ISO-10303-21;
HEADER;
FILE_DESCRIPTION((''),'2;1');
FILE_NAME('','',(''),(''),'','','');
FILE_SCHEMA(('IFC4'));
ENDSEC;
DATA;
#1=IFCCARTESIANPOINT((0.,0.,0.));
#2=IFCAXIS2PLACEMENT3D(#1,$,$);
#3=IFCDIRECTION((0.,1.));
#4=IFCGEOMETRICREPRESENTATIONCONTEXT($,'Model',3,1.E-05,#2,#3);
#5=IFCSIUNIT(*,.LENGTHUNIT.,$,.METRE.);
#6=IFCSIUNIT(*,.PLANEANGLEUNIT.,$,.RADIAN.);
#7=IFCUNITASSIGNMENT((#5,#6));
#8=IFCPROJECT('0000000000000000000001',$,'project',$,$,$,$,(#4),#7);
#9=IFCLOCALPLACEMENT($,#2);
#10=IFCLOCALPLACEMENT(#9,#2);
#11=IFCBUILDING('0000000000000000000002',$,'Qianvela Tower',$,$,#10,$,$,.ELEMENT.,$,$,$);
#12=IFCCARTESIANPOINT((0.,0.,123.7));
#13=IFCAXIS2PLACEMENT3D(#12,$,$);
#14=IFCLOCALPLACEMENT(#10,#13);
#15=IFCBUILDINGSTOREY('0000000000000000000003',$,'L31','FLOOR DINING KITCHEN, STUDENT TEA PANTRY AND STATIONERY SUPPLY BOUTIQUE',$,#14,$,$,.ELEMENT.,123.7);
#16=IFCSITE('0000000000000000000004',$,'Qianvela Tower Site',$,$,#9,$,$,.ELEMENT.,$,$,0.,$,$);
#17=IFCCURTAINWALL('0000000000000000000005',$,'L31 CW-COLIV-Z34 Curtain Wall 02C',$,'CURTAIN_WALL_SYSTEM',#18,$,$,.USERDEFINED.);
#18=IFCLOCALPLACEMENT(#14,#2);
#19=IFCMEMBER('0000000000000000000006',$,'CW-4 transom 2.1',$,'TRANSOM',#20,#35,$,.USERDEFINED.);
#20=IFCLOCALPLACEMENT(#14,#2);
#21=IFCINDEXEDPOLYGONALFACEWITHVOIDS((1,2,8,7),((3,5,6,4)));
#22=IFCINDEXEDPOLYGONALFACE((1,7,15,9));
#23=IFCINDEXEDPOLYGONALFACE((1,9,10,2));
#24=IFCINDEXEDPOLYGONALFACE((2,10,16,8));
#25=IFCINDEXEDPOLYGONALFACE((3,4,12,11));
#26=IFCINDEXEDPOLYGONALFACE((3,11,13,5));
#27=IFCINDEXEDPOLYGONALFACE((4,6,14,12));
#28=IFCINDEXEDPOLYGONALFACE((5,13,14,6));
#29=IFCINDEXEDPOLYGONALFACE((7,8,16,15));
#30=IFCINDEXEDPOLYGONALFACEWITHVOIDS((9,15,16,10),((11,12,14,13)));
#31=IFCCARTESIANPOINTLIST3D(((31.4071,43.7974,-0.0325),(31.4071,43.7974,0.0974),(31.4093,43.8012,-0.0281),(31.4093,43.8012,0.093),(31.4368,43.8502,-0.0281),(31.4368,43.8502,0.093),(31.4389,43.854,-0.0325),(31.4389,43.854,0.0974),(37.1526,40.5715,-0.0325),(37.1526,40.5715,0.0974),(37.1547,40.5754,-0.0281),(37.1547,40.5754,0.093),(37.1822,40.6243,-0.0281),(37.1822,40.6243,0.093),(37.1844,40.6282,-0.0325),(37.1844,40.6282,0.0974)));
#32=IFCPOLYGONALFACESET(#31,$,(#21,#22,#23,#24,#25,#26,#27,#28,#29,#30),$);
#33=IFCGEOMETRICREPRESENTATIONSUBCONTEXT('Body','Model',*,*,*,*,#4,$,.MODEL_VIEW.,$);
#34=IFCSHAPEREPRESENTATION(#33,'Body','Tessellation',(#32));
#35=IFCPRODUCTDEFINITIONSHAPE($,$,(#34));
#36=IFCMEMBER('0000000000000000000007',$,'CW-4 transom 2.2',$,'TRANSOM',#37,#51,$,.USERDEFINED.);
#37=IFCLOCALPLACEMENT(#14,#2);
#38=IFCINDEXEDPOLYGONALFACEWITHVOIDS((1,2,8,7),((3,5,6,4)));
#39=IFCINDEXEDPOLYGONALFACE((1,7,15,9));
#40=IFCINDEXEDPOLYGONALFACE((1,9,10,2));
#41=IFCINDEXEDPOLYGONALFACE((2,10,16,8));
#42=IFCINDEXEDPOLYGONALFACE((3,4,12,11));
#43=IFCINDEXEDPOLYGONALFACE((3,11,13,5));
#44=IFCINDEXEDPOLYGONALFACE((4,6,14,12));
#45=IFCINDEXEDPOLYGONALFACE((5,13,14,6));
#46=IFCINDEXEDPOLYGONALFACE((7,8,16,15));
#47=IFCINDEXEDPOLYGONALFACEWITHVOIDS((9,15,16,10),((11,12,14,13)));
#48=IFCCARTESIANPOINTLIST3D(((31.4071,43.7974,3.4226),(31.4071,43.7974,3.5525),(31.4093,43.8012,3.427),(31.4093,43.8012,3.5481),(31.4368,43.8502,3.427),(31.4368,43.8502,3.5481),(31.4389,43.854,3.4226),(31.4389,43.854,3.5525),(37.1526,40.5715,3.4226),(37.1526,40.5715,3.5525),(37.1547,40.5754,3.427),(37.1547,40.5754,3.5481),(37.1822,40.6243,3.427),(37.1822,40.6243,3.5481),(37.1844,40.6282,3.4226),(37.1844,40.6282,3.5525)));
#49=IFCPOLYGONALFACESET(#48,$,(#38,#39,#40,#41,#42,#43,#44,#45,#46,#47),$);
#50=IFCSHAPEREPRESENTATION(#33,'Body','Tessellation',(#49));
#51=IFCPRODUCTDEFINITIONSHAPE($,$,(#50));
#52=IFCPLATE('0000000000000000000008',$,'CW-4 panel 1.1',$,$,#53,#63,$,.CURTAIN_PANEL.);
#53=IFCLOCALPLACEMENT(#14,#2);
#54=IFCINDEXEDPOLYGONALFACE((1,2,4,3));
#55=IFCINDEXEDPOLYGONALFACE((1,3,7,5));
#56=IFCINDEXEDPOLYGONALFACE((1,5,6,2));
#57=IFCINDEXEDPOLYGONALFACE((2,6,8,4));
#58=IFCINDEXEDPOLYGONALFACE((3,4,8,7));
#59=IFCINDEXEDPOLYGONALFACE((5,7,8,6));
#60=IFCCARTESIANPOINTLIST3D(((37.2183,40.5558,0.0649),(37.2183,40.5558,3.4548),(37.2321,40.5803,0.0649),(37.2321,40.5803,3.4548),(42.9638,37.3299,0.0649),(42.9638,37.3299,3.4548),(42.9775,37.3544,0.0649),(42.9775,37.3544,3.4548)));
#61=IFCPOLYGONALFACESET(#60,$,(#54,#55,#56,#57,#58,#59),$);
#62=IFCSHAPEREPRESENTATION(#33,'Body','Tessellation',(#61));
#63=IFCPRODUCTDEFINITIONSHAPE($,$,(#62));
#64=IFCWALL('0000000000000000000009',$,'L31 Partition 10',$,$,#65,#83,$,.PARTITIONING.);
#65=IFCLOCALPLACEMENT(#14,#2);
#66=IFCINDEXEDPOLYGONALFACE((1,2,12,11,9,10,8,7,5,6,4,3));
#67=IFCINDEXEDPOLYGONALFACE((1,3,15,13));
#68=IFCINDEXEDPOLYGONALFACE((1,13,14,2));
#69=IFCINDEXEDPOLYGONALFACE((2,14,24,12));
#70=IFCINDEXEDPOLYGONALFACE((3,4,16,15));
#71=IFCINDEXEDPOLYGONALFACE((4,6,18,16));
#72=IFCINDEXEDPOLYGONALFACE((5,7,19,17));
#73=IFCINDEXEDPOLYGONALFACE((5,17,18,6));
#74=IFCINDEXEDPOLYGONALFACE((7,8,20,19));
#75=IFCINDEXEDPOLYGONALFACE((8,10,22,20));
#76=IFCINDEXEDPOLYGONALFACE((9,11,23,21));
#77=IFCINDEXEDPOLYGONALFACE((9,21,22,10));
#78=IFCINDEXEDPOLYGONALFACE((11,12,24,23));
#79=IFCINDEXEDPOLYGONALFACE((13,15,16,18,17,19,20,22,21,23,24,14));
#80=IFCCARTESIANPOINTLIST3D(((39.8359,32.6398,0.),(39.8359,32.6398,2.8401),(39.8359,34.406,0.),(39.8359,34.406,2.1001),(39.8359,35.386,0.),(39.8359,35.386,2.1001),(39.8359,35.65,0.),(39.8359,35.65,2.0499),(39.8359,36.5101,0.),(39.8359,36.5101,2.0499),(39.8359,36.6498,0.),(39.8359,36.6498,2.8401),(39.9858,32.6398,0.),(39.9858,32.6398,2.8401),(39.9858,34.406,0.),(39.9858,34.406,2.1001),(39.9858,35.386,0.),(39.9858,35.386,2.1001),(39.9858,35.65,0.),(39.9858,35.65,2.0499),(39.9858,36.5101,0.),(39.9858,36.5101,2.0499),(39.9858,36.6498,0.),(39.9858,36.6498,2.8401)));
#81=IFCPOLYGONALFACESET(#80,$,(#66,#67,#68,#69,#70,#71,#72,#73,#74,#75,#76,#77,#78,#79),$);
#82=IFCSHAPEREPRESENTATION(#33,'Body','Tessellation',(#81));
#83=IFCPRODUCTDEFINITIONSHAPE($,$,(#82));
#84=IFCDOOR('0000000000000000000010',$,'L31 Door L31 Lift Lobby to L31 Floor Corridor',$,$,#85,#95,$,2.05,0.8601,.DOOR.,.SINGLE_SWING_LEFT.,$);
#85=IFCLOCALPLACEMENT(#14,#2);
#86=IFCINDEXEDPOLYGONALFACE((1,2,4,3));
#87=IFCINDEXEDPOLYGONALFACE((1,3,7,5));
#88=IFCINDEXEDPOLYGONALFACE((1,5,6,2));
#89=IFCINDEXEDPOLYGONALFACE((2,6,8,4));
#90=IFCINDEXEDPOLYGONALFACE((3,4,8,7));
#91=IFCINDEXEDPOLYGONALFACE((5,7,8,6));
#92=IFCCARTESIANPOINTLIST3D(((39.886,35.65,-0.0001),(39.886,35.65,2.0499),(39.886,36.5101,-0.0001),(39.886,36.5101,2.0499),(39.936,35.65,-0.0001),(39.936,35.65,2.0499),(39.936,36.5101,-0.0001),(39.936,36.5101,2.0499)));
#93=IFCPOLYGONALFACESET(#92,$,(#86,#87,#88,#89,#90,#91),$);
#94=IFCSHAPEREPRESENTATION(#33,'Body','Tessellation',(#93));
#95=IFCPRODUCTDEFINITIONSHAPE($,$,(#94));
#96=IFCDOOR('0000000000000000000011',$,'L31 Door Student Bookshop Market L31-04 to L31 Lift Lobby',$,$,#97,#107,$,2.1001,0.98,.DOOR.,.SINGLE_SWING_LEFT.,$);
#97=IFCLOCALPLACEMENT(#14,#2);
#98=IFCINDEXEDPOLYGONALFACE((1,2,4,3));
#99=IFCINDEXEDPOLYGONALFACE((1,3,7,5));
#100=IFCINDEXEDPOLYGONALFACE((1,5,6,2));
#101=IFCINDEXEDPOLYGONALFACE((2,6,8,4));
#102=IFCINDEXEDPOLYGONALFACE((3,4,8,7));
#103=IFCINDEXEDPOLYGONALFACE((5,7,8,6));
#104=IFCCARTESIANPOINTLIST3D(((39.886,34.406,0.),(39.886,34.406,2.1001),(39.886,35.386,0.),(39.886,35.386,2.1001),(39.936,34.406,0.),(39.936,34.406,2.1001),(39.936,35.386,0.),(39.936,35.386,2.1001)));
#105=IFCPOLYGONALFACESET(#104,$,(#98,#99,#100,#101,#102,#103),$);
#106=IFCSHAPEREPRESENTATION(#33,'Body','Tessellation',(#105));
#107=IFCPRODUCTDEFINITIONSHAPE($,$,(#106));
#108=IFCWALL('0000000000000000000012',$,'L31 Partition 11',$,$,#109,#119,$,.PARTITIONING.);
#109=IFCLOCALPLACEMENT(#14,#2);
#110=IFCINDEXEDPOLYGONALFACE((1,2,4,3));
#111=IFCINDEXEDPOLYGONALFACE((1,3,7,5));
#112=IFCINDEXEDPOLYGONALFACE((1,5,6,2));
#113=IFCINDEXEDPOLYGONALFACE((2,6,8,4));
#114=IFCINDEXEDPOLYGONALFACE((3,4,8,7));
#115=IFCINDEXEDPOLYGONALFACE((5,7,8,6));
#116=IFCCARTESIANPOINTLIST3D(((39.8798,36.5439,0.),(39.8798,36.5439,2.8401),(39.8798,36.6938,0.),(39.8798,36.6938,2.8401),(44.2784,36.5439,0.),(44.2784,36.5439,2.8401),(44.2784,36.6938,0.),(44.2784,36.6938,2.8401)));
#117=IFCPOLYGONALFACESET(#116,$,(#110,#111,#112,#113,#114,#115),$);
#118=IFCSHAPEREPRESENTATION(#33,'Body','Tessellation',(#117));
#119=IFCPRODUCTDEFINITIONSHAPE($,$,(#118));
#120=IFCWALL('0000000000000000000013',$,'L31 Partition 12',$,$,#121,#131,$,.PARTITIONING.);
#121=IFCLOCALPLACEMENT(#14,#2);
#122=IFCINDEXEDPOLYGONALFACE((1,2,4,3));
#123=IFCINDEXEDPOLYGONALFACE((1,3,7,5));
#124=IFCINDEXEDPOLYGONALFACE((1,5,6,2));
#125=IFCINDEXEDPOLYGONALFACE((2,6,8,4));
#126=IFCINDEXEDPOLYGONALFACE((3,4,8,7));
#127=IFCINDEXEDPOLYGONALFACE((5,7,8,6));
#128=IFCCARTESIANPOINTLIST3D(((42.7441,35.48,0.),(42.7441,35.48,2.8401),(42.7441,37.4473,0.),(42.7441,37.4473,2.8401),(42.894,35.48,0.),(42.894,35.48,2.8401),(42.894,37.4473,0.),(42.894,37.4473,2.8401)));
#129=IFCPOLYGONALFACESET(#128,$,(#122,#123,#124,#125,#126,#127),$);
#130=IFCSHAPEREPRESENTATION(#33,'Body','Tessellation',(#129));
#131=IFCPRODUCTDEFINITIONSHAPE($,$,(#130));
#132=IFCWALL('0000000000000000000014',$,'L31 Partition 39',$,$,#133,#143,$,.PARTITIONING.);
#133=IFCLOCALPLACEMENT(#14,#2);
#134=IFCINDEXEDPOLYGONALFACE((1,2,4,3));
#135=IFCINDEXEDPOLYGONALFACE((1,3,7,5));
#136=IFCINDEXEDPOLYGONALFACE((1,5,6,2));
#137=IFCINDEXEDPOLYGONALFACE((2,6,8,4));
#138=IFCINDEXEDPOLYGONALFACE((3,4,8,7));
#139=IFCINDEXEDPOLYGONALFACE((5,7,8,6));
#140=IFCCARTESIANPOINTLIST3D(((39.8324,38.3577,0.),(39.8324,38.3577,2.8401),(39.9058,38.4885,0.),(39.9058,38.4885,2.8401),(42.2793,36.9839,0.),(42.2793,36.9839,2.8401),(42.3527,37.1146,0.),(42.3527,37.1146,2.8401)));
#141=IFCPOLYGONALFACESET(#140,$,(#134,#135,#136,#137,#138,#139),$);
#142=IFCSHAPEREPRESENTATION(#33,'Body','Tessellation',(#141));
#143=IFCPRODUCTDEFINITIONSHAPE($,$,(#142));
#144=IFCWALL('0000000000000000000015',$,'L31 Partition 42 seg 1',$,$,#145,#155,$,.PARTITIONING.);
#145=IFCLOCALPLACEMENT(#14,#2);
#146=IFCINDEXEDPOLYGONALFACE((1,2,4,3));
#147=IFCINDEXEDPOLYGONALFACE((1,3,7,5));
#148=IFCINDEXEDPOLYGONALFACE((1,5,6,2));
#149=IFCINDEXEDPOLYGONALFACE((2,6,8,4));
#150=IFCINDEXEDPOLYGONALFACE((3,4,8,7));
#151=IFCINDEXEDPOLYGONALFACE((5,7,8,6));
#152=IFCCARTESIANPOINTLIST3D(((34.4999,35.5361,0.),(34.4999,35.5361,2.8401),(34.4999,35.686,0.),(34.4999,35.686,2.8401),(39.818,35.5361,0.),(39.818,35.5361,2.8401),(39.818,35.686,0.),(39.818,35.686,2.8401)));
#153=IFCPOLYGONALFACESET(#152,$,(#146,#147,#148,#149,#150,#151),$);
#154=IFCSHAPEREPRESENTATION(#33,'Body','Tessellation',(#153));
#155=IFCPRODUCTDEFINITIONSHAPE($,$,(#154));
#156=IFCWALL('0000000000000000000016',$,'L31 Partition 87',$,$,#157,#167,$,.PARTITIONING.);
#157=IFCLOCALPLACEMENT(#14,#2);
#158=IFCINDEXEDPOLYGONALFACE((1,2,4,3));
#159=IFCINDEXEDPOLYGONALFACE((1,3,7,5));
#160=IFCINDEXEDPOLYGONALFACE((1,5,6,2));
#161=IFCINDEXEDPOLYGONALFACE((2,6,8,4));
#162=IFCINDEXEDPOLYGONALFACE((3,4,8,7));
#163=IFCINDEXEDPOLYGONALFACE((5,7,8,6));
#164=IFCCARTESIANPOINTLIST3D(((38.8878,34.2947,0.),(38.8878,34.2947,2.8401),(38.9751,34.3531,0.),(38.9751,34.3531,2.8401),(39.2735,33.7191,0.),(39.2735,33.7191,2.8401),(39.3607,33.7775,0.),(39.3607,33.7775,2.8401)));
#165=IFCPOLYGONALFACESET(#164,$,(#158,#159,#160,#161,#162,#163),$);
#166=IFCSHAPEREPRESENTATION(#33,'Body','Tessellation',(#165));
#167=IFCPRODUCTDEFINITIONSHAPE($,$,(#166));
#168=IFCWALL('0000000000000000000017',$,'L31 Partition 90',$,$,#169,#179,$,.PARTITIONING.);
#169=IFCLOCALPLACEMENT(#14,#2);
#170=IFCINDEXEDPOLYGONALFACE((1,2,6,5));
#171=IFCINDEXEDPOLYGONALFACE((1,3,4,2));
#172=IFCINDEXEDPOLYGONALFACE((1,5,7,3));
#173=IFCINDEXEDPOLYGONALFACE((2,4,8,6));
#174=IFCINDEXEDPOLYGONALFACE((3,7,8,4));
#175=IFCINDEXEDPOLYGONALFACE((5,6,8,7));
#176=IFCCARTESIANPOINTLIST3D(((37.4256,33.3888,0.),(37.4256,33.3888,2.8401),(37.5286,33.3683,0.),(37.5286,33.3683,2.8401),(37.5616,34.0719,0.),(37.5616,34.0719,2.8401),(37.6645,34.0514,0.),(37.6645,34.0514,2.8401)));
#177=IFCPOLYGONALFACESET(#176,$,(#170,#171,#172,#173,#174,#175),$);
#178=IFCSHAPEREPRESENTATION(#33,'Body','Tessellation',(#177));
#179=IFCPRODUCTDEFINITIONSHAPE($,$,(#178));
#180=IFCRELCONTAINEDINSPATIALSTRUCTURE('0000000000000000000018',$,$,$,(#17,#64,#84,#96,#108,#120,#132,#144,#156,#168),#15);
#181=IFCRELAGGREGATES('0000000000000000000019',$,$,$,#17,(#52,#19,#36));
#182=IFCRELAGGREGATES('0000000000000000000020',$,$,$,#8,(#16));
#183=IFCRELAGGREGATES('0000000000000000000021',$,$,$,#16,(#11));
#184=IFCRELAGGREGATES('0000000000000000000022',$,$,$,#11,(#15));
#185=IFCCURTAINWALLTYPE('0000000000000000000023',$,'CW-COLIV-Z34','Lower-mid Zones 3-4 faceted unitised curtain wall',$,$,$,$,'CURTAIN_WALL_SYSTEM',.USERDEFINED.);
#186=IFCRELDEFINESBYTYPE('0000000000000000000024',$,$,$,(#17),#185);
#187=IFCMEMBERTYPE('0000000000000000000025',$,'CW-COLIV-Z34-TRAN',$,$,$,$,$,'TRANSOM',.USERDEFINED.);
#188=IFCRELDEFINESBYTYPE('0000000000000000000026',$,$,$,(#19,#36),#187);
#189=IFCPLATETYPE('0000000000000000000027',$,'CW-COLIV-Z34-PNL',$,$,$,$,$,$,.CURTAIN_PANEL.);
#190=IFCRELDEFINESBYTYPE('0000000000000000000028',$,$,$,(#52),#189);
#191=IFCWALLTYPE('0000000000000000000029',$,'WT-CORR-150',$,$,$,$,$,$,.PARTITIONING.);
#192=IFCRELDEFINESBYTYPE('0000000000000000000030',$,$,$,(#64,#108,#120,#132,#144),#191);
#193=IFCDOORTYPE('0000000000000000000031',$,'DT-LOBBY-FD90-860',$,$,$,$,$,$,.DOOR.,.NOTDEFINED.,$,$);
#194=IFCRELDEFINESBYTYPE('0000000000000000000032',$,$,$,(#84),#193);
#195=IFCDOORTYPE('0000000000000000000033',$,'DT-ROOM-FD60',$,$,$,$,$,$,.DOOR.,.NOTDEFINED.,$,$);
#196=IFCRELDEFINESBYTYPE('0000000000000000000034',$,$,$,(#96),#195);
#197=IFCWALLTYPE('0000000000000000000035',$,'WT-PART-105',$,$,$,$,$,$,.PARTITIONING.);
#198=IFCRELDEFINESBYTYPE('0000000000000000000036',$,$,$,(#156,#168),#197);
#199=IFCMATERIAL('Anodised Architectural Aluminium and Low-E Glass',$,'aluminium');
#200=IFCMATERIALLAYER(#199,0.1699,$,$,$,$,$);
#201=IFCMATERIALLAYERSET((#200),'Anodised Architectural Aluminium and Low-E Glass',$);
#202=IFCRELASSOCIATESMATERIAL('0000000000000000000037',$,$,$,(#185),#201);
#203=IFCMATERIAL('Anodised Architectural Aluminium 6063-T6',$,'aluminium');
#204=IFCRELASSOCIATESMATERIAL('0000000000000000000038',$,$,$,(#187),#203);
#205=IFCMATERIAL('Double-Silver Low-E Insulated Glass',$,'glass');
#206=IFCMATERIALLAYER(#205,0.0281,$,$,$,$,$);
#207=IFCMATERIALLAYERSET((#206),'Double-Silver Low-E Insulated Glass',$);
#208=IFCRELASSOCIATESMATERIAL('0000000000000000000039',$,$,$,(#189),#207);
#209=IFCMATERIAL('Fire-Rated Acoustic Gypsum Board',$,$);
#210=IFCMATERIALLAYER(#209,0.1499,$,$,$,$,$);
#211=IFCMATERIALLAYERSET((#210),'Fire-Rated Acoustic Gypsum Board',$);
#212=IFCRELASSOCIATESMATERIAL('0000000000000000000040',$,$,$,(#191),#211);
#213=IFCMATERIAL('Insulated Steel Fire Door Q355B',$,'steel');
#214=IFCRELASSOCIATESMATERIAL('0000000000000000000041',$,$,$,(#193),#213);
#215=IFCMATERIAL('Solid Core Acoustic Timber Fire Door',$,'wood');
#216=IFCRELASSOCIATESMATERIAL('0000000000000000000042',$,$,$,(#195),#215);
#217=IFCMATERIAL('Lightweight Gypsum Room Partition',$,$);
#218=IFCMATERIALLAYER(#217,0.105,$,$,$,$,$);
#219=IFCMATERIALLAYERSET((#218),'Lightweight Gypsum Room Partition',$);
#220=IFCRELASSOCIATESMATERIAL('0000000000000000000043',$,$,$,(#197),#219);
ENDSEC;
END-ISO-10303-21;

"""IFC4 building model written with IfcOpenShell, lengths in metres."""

from ifc_helpers import new_model, si_unit, direction, frame, frame_2d, origin, origin_2d, place, context, subcontext, project, spatial, rectangle, hollow_rectangle, extrude, material, layer, layer_set, material_profile, profile_set, type_object, element, fill, aggregate, save


model = new_model("IFC4")

# Units and contexts
model_context = context("Model", 3, precision=1e-05, world=origin(), true_north=direction((0.0, 1.0)))
body_context = subcontext(model_context, "Body", "Model", "MODEL_VIEW")
ifc_project = project(units=[si_unit("LENGTHUNIT", "METRE"), si_unit("PLANEANGLEUNIT", "RADIAN")], contexts=[model_context])

# Site, building, storey
site_placement = place(None, origin())
site = spatial("IfcSite", under=ifc_project, at=site_placement, Name="Qianvela Tower Site", CompositionType="ELEMENT", RefElevation=0.0)
building_placement = place(site_placement, origin())
building = spatial("IfcBuilding", under=site, at=building_placement, Name="Qianvela Tower", CompositionType="ELEMENT")
storey_placement = place(building_placement, frame((0.0, 0.0, 123.7)))
storey = spatial("IfcBuildingStorey", under=building, at=storey_placement, Name="L31", Description="FLOOR DINING KITCHEN, STUDENT TEA PANTRY AND STATIONERY SUPPLY BOUTIQUE", CompositionType="ELEMENT", Elevation=123.7)

# Curtain wall, members, plate
ifc_material_1 = material(Name="Anodised Architectural Aluminium and Low-E Glass", Category="aluminium")
ifc_layer_1 = layer(ifc_material_1, 0.1699)
ifc_layer_set_1 = layer_set([ifc_layer_1], Name="Anodised Architectural Aluminium and Low-E Glass")
curtain_wall_type = type_object("IfcCurtainWallType", Name="CW-COLIV-Z34", Description="Lower-mid Zones 3-4 faceted unitised curtain wall", ElementType="CURTAIN_WALL_SYSTEM", PredefinedType="USERDEFINED", material=ifc_layer_set_1)
curtain_wall_placement = place(storey_placement, origin())
curtain_wall = element("IfcCurtainWall", 1, at=curtain_wall_placement, inside=storey, type_object=curtain_wall_type, Name="L31 CW-COLIV-Z34 Curtain Wall 02C", ObjectType="CURTAIN_WALL_SYSTEM", PredefinedType="USERDEFINED")
ifc_material_2 = material(Name="Anodised Architectural Aluminium 6063-T6", Category="aluminium")
ifc_material_profile_1 = material_profile(ifc_material_2, hollow_rectangle(XDim=0.0649, YDim=0.1299, WallThickness=0.0044, at=origin_2d()), Name="ALU-TRAN-65x130")
ifc_profile_set_1 = profile_set([ifc_material_profile_1], Name="Anodised Architectural Aluminium 6063-T6")
member_type_1 = type_object("IfcMemberType", Name="CW-COLIV-Z34-TRAN", ElementType="TRANSOM", PredefinedType="USERDEFINED", material=ifc_profile_set_1)
member_1_placement = place(storey_placement, frame((37.1685, 40.5999, 0.0325), z_axis=(-0.87196, 0.489577, 0.0), x_axis=(-0.489577, -0.87196, 0.0)))
member_1 = element("IfcMember", 2, at=member_1_placement, type_object=member_type_1, Name="CW-4 transom 2.1", ObjectType="TRANSOM", PredefinedType="USERDEFINED", context=body_context, shape_type="SweptSolid", body=[
    extrude(hollow_rectangle(XDim=0.0649, YDim=0.1299, WallThickness=0.0044, at=origin_2d()), origin(), (0.0, 0.0, 1.0), 6.5891),
])
member_2_placement = place(storey_placement, frame((37.1685, 40.5999, 3.4875), z_axis=(-0.87196, 0.489577, 0.0), x_axis=(-0.489577, -0.87196, 0.0)))
member_2 = element("IfcMember", 3, at=member_2_placement, type_object=member_type_1, Name="CW-4 transom 2.2", ObjectType="TRANSOM", PredefinedType="USERDEFINED", context=body_context, shape_type="SweptSolid", body=[
    extrude(hollow_rectangle(XDim=0.0649, YDim=0.1299, WallThickness=0.0044, at=origin_2d()), origin(), (0.0, 0.0, 1.0), 6.5891),
])
ifc_material_3 = material(Name="Double-Silver Low-E Insulated Glass", Category="glass")
ifc_layer_2 = layer(ifc_material_3, 0.0281)
ifc_layer_set_2 = layer_set([ifc_layer_2], Name="Double-Silver Low-E Insulated Glass")
plate_type = type_object("IfcPlateType", Name="CW-COLIV-Z34-PNL", PredefinedType="CURTAIN_PANEL", material=ifc_layer_set_2)
plate_placement = place(storey_placement, frame((40.0979, 38.9551, 0.0649), z_axis=(0.0, 0.0, 1.0), x_axis=(-0.87196, 0.489576, 0.0)))
plate = element("IfcPlate", 4, at=plate_placement, type_object=plate_type, Name="CW-4 panel 1.1", PredefinedType="CURTAIN_PANEL", context=body_context, shape_type="SweptSolid", body=[
    extrude(rectangle(XDim=6.5891, YDim=0.0281, at=origin_2d()), origin(), (0.0, 0.0, 1.0), 3.3899),
])
aggregate(curtain_wall, [plate, member_1, member_2])

# Wall, openings, doors
ifc_material_4 = material(Name="Fire-Rated Acoustic Gypsum Board")
ifc_layer_3 = layer(ifc_material_4, 0.1499)
ifc_layer_set_3 = layer_set([ifc_layer_3], Name="Fire-Rated Acoustic Gypsum Board")
wall_type_1 = type_object("IfcWallType", Name="WT-CORR-150", PredefinedType="PARTITIONING", material=ifc_layer_set_3)
wall_1_placement = place(storey_placement, frame((39.9109, 32.6399, 0.0), z_axis=(0.0, 0.0, 1.0), x_axis=(0.0, 1.0, 0.0)))
wall_1 = element("IfcWall", 5, at=wall_1_placement, inside=storey, type_object=wall_type_1, Name="L31 Partition 10", PredefinedType="PARTITIONING", context=body_context, shape_type="SweptSolid", body=[
    extrude(rectangle(XDim=4.01, YDim=0.1499, at=frame_2d((2.0049, 0.0))), origin(), (0.0, 0.0, 1.0), 2.8401),
])
opening_1_placement = place(wall_1_placement, frame((3.01, 0.0, 0.0)))
opening_1 = element("IfcOpeningElement", 6, at=opening_1_placement, cuts=wall_1, PredefinedType="OPENING", context=body_context, shape_type="SweptSolid", body=[
    extrude(rectangle(XDim=0.8601, YDim=2.05, at=frame_2d((0.4302, 1.0249))), frame((0.0, 0.085, 0.0), z_axis=(0.0, -1.0, 0.0), x_axis=(1.0, 0.0, 0.0)), (0.0, 0.0, 1.0), 0.1699),
])
opening_2_placement = place(wall_1_placement, frame((1.7661, 0.0, 0.0)))
opening_2 = element("IfcOpeningElement", 7, at=opening_2_placement, cuts=wall_1, PredefinedType="OPENING", context=body_context, shape_type="SweptSolid", body=[
    extrude(rectangle(XDim=0.98, YDim=2.1001, at=frame_2d((0.49, 1.05))), frame((0.0, 0.085, 0.0), z_axis=(0.0, -1.0, 0.0), x_axis=(1.0, 0.0, 0.0)), (0.0, 0.0, 1.0), 0.1699),
])
ifc_material_5 = material(Name="Insulated Steel Fire Door Q355B", Category="steel")
door_type_1 = type_object("IfcDoorType", Name="DT-LOBBY-FD90-860", OperationType="NOTDEFINED", PredefinedType="DOOR", material=ifc_material_5)
door_1_placement = place(opening_1_placement, origin())
door_1 = element("IfcDoor", 8, at=door_1_placement, inside=storey, type_object=door_type_1, Name="L31 Door L31 Lift Lobby to L31 Floor Corridor", OperationType="SINGLE_SWING_LEFT", OverallHeight=2.05, OverallWidth=0.8601, PredefinedType="DOOR", context=body_context, shape_type="SweptSolid", body=[
    extrude(rectangle(XDim=0.8601, YDim=2.05, at=frame_2d((0.4302, 1.0249))), frame((0.0, 0.0249, 0.0), z_axis=(0.0, -1.0, 0.0), x_axis=(1.0, 0.0, 0.0)), (0.0, 0.0, 1.0), 0.05),
])
fill(opening_1, door_1)
ifc_material_6 = material(Name="Solid Core Acoustic Timber Fire Door", Category="wood")
door_type_2 = type_object("IfcDoorType", Name="DT-ROOM-FD60", OperationType="NOTDEFINED", PredefinedType="DOOR", material=ifc_material_6)
door_2_placement = place(opening_2_placement, origin())
door_2 = element("IfcDoor", 9, at=door_2_placement, inside=storey, type_object=door_type_2, Name="L31 Door Student Bookshop Market L31-04 to L31 Lift Lobby", OperationType="SINGLE_SWING_LEFT", OverallHeight=2.1001, OverallWidth=0.98, PredefinedType="DOOR", context=body_context, shape_type="SweptSolid", body=[
    extrude(rectangle(XDim=0.98, YDim=2.1001, at=frame_2d((0.49, 1.05))), frame((0.0, 0.0249, 0.0), z_axis=(0.0, -1.0, 0.0), x_axis=(1.0, 0.0, 0.0)), (0.0, 0.0, 1.0), 0.05),
])
fill(opening_2, door_2)

# Walls
wall_2_placement = place(storey_placement, frame((39.8799, 36.6189, 0.0), z_axis=(0.0, 0.0, 1.0), x_axis=(1.0, 0.0, 0.0)))
element("IfcWall", 10, at=wall_2_placement, inside=storey, type_object=wall_type_1, Name="L31 Partition 11", PredefinedType="PARTITIONING", context=body_context, shape_type="SweptSolid", body=[
    extrude(rectangle(XDim=4.3987, YDim=0.1499, at=frame_2d((2.1992, 0.0))), origin(), (0.0, 0.0, 1.0), 2.8401),
])
wall_3_placement = place(storey_placement, frame((42.8191, 37.4473, 0.0), z_axis=(0.0, 0.0, 1.0), x_axis=(0.0, -1.0, 0.0)))
element("IfcWall", 11, at=wall_3_placement, inside=storey, type_object=wall_type_1, Name="L31 Partition 12", PredefinedType="PARTITIONING", context=body_context, shape_type="SweptSolid", body=[
    extrude(rectangle(XDim=1.9673, YDim=0.1499, at=frame_2d((0.9836, 0.0))), origin(), (0.0, 0.0, 1.0), 2.8401),
])
wall_4_placement = place(storey_placement, frame((39.8691, 38.4231, 0.0), z_axis=(0.0, 0.0, 1.0), x_axis=(0.871961, -0.489575, 0.0)))
element("IfcWall", 12, at=wall_4_placement, inside=storey, type_object=wall_type_1, Name="L31 Partition 39", PredefinedType="PARTITIONING", context=body_context, shape_type="SweptSolid", body=[
    extrude(rectangle(XDim=2.8062, YDim=0.1499, at=frame_2d((1.4031, 0.0))), origin(), (0.0, 0.0, 1.0), 2.8401),
])
wall_5_placement = place(storey_placement, frame((39.8181, 35.6111, 0.0), z_axis=(0.0, 0.0, 1.0), x_axis=(-1.0, 0.0, 0.0)))
element("IfcWall", 13, at=wall_5_placement, inside=storey, type_object=wall_type_1, Name="L31 Partition 42 seg 1", PredefinedType="PARTITIONING", context=body_context, shape_type="SweptSolid", body=[
    extrude(rectangle(XDim=5.3181, YDim=0.1499, at=frame_2d((2.6592, 0.0))), origin(), (0.0, 0.0, 1.0), 2.8401),
])
ifc_material_7 = material(Name="Lightweight Gypsum Room Partition")
ifc_layer_4 = layer(ifc_material_7, 0.105)
ifc_layer_set_4 = layer_set([ifc_layer_4], Name="Lightweight Gypsum Room Partition")
wall_type_2 = type_object("IfcWallType", Name="WT-PART-105", PredefinedType="PARTITIONING", material=ifc_layer_set_4)
wall_6_placement = place(storey_placement, frame((39.3171, 33.7483, 0.0), z_axis=(0.0, 0.0, 1.0), x_axis=(-0.55665, 0.830747, 0.0)))
element("IfcWall", 14, at=wall_6_placement, inside=storey, type_object=wall_type_2, Name="L31 Partition 87", PredefinedType="PARTITIONING", context=body_context, shape_type="SweptSolid", body=[
    extrude(rectangle(XDim=0.6929, YDim=0.105, at=frame_2d((0.3464, 0.0))), origin(), (0.0, 0.0, 1.0), 2.8401),
])
wall_7_placement = place(storey_placement, frame((37.613, 34.0615, 0.0), z_axis=(0.0, 0.0, 1.0), x_axis=(-0.19524, -0.980756, 0.0)))
element("IfcWall", 15, at=wall_7_placement, inside=storey, type_object=wall_type_2, Name="L31 Partition 90", PredefinedType="PARTITIONING", context=body_context, shape_type="SweptSolid", body=[
    extrude(rectangle(XDim=0.6965, YDim=0.105, at=frame_2d((0.3481, 0.0))), origin(), (0.0, 0.0, 1.0), 2.8401),
])

save(model, "model.ifc")
